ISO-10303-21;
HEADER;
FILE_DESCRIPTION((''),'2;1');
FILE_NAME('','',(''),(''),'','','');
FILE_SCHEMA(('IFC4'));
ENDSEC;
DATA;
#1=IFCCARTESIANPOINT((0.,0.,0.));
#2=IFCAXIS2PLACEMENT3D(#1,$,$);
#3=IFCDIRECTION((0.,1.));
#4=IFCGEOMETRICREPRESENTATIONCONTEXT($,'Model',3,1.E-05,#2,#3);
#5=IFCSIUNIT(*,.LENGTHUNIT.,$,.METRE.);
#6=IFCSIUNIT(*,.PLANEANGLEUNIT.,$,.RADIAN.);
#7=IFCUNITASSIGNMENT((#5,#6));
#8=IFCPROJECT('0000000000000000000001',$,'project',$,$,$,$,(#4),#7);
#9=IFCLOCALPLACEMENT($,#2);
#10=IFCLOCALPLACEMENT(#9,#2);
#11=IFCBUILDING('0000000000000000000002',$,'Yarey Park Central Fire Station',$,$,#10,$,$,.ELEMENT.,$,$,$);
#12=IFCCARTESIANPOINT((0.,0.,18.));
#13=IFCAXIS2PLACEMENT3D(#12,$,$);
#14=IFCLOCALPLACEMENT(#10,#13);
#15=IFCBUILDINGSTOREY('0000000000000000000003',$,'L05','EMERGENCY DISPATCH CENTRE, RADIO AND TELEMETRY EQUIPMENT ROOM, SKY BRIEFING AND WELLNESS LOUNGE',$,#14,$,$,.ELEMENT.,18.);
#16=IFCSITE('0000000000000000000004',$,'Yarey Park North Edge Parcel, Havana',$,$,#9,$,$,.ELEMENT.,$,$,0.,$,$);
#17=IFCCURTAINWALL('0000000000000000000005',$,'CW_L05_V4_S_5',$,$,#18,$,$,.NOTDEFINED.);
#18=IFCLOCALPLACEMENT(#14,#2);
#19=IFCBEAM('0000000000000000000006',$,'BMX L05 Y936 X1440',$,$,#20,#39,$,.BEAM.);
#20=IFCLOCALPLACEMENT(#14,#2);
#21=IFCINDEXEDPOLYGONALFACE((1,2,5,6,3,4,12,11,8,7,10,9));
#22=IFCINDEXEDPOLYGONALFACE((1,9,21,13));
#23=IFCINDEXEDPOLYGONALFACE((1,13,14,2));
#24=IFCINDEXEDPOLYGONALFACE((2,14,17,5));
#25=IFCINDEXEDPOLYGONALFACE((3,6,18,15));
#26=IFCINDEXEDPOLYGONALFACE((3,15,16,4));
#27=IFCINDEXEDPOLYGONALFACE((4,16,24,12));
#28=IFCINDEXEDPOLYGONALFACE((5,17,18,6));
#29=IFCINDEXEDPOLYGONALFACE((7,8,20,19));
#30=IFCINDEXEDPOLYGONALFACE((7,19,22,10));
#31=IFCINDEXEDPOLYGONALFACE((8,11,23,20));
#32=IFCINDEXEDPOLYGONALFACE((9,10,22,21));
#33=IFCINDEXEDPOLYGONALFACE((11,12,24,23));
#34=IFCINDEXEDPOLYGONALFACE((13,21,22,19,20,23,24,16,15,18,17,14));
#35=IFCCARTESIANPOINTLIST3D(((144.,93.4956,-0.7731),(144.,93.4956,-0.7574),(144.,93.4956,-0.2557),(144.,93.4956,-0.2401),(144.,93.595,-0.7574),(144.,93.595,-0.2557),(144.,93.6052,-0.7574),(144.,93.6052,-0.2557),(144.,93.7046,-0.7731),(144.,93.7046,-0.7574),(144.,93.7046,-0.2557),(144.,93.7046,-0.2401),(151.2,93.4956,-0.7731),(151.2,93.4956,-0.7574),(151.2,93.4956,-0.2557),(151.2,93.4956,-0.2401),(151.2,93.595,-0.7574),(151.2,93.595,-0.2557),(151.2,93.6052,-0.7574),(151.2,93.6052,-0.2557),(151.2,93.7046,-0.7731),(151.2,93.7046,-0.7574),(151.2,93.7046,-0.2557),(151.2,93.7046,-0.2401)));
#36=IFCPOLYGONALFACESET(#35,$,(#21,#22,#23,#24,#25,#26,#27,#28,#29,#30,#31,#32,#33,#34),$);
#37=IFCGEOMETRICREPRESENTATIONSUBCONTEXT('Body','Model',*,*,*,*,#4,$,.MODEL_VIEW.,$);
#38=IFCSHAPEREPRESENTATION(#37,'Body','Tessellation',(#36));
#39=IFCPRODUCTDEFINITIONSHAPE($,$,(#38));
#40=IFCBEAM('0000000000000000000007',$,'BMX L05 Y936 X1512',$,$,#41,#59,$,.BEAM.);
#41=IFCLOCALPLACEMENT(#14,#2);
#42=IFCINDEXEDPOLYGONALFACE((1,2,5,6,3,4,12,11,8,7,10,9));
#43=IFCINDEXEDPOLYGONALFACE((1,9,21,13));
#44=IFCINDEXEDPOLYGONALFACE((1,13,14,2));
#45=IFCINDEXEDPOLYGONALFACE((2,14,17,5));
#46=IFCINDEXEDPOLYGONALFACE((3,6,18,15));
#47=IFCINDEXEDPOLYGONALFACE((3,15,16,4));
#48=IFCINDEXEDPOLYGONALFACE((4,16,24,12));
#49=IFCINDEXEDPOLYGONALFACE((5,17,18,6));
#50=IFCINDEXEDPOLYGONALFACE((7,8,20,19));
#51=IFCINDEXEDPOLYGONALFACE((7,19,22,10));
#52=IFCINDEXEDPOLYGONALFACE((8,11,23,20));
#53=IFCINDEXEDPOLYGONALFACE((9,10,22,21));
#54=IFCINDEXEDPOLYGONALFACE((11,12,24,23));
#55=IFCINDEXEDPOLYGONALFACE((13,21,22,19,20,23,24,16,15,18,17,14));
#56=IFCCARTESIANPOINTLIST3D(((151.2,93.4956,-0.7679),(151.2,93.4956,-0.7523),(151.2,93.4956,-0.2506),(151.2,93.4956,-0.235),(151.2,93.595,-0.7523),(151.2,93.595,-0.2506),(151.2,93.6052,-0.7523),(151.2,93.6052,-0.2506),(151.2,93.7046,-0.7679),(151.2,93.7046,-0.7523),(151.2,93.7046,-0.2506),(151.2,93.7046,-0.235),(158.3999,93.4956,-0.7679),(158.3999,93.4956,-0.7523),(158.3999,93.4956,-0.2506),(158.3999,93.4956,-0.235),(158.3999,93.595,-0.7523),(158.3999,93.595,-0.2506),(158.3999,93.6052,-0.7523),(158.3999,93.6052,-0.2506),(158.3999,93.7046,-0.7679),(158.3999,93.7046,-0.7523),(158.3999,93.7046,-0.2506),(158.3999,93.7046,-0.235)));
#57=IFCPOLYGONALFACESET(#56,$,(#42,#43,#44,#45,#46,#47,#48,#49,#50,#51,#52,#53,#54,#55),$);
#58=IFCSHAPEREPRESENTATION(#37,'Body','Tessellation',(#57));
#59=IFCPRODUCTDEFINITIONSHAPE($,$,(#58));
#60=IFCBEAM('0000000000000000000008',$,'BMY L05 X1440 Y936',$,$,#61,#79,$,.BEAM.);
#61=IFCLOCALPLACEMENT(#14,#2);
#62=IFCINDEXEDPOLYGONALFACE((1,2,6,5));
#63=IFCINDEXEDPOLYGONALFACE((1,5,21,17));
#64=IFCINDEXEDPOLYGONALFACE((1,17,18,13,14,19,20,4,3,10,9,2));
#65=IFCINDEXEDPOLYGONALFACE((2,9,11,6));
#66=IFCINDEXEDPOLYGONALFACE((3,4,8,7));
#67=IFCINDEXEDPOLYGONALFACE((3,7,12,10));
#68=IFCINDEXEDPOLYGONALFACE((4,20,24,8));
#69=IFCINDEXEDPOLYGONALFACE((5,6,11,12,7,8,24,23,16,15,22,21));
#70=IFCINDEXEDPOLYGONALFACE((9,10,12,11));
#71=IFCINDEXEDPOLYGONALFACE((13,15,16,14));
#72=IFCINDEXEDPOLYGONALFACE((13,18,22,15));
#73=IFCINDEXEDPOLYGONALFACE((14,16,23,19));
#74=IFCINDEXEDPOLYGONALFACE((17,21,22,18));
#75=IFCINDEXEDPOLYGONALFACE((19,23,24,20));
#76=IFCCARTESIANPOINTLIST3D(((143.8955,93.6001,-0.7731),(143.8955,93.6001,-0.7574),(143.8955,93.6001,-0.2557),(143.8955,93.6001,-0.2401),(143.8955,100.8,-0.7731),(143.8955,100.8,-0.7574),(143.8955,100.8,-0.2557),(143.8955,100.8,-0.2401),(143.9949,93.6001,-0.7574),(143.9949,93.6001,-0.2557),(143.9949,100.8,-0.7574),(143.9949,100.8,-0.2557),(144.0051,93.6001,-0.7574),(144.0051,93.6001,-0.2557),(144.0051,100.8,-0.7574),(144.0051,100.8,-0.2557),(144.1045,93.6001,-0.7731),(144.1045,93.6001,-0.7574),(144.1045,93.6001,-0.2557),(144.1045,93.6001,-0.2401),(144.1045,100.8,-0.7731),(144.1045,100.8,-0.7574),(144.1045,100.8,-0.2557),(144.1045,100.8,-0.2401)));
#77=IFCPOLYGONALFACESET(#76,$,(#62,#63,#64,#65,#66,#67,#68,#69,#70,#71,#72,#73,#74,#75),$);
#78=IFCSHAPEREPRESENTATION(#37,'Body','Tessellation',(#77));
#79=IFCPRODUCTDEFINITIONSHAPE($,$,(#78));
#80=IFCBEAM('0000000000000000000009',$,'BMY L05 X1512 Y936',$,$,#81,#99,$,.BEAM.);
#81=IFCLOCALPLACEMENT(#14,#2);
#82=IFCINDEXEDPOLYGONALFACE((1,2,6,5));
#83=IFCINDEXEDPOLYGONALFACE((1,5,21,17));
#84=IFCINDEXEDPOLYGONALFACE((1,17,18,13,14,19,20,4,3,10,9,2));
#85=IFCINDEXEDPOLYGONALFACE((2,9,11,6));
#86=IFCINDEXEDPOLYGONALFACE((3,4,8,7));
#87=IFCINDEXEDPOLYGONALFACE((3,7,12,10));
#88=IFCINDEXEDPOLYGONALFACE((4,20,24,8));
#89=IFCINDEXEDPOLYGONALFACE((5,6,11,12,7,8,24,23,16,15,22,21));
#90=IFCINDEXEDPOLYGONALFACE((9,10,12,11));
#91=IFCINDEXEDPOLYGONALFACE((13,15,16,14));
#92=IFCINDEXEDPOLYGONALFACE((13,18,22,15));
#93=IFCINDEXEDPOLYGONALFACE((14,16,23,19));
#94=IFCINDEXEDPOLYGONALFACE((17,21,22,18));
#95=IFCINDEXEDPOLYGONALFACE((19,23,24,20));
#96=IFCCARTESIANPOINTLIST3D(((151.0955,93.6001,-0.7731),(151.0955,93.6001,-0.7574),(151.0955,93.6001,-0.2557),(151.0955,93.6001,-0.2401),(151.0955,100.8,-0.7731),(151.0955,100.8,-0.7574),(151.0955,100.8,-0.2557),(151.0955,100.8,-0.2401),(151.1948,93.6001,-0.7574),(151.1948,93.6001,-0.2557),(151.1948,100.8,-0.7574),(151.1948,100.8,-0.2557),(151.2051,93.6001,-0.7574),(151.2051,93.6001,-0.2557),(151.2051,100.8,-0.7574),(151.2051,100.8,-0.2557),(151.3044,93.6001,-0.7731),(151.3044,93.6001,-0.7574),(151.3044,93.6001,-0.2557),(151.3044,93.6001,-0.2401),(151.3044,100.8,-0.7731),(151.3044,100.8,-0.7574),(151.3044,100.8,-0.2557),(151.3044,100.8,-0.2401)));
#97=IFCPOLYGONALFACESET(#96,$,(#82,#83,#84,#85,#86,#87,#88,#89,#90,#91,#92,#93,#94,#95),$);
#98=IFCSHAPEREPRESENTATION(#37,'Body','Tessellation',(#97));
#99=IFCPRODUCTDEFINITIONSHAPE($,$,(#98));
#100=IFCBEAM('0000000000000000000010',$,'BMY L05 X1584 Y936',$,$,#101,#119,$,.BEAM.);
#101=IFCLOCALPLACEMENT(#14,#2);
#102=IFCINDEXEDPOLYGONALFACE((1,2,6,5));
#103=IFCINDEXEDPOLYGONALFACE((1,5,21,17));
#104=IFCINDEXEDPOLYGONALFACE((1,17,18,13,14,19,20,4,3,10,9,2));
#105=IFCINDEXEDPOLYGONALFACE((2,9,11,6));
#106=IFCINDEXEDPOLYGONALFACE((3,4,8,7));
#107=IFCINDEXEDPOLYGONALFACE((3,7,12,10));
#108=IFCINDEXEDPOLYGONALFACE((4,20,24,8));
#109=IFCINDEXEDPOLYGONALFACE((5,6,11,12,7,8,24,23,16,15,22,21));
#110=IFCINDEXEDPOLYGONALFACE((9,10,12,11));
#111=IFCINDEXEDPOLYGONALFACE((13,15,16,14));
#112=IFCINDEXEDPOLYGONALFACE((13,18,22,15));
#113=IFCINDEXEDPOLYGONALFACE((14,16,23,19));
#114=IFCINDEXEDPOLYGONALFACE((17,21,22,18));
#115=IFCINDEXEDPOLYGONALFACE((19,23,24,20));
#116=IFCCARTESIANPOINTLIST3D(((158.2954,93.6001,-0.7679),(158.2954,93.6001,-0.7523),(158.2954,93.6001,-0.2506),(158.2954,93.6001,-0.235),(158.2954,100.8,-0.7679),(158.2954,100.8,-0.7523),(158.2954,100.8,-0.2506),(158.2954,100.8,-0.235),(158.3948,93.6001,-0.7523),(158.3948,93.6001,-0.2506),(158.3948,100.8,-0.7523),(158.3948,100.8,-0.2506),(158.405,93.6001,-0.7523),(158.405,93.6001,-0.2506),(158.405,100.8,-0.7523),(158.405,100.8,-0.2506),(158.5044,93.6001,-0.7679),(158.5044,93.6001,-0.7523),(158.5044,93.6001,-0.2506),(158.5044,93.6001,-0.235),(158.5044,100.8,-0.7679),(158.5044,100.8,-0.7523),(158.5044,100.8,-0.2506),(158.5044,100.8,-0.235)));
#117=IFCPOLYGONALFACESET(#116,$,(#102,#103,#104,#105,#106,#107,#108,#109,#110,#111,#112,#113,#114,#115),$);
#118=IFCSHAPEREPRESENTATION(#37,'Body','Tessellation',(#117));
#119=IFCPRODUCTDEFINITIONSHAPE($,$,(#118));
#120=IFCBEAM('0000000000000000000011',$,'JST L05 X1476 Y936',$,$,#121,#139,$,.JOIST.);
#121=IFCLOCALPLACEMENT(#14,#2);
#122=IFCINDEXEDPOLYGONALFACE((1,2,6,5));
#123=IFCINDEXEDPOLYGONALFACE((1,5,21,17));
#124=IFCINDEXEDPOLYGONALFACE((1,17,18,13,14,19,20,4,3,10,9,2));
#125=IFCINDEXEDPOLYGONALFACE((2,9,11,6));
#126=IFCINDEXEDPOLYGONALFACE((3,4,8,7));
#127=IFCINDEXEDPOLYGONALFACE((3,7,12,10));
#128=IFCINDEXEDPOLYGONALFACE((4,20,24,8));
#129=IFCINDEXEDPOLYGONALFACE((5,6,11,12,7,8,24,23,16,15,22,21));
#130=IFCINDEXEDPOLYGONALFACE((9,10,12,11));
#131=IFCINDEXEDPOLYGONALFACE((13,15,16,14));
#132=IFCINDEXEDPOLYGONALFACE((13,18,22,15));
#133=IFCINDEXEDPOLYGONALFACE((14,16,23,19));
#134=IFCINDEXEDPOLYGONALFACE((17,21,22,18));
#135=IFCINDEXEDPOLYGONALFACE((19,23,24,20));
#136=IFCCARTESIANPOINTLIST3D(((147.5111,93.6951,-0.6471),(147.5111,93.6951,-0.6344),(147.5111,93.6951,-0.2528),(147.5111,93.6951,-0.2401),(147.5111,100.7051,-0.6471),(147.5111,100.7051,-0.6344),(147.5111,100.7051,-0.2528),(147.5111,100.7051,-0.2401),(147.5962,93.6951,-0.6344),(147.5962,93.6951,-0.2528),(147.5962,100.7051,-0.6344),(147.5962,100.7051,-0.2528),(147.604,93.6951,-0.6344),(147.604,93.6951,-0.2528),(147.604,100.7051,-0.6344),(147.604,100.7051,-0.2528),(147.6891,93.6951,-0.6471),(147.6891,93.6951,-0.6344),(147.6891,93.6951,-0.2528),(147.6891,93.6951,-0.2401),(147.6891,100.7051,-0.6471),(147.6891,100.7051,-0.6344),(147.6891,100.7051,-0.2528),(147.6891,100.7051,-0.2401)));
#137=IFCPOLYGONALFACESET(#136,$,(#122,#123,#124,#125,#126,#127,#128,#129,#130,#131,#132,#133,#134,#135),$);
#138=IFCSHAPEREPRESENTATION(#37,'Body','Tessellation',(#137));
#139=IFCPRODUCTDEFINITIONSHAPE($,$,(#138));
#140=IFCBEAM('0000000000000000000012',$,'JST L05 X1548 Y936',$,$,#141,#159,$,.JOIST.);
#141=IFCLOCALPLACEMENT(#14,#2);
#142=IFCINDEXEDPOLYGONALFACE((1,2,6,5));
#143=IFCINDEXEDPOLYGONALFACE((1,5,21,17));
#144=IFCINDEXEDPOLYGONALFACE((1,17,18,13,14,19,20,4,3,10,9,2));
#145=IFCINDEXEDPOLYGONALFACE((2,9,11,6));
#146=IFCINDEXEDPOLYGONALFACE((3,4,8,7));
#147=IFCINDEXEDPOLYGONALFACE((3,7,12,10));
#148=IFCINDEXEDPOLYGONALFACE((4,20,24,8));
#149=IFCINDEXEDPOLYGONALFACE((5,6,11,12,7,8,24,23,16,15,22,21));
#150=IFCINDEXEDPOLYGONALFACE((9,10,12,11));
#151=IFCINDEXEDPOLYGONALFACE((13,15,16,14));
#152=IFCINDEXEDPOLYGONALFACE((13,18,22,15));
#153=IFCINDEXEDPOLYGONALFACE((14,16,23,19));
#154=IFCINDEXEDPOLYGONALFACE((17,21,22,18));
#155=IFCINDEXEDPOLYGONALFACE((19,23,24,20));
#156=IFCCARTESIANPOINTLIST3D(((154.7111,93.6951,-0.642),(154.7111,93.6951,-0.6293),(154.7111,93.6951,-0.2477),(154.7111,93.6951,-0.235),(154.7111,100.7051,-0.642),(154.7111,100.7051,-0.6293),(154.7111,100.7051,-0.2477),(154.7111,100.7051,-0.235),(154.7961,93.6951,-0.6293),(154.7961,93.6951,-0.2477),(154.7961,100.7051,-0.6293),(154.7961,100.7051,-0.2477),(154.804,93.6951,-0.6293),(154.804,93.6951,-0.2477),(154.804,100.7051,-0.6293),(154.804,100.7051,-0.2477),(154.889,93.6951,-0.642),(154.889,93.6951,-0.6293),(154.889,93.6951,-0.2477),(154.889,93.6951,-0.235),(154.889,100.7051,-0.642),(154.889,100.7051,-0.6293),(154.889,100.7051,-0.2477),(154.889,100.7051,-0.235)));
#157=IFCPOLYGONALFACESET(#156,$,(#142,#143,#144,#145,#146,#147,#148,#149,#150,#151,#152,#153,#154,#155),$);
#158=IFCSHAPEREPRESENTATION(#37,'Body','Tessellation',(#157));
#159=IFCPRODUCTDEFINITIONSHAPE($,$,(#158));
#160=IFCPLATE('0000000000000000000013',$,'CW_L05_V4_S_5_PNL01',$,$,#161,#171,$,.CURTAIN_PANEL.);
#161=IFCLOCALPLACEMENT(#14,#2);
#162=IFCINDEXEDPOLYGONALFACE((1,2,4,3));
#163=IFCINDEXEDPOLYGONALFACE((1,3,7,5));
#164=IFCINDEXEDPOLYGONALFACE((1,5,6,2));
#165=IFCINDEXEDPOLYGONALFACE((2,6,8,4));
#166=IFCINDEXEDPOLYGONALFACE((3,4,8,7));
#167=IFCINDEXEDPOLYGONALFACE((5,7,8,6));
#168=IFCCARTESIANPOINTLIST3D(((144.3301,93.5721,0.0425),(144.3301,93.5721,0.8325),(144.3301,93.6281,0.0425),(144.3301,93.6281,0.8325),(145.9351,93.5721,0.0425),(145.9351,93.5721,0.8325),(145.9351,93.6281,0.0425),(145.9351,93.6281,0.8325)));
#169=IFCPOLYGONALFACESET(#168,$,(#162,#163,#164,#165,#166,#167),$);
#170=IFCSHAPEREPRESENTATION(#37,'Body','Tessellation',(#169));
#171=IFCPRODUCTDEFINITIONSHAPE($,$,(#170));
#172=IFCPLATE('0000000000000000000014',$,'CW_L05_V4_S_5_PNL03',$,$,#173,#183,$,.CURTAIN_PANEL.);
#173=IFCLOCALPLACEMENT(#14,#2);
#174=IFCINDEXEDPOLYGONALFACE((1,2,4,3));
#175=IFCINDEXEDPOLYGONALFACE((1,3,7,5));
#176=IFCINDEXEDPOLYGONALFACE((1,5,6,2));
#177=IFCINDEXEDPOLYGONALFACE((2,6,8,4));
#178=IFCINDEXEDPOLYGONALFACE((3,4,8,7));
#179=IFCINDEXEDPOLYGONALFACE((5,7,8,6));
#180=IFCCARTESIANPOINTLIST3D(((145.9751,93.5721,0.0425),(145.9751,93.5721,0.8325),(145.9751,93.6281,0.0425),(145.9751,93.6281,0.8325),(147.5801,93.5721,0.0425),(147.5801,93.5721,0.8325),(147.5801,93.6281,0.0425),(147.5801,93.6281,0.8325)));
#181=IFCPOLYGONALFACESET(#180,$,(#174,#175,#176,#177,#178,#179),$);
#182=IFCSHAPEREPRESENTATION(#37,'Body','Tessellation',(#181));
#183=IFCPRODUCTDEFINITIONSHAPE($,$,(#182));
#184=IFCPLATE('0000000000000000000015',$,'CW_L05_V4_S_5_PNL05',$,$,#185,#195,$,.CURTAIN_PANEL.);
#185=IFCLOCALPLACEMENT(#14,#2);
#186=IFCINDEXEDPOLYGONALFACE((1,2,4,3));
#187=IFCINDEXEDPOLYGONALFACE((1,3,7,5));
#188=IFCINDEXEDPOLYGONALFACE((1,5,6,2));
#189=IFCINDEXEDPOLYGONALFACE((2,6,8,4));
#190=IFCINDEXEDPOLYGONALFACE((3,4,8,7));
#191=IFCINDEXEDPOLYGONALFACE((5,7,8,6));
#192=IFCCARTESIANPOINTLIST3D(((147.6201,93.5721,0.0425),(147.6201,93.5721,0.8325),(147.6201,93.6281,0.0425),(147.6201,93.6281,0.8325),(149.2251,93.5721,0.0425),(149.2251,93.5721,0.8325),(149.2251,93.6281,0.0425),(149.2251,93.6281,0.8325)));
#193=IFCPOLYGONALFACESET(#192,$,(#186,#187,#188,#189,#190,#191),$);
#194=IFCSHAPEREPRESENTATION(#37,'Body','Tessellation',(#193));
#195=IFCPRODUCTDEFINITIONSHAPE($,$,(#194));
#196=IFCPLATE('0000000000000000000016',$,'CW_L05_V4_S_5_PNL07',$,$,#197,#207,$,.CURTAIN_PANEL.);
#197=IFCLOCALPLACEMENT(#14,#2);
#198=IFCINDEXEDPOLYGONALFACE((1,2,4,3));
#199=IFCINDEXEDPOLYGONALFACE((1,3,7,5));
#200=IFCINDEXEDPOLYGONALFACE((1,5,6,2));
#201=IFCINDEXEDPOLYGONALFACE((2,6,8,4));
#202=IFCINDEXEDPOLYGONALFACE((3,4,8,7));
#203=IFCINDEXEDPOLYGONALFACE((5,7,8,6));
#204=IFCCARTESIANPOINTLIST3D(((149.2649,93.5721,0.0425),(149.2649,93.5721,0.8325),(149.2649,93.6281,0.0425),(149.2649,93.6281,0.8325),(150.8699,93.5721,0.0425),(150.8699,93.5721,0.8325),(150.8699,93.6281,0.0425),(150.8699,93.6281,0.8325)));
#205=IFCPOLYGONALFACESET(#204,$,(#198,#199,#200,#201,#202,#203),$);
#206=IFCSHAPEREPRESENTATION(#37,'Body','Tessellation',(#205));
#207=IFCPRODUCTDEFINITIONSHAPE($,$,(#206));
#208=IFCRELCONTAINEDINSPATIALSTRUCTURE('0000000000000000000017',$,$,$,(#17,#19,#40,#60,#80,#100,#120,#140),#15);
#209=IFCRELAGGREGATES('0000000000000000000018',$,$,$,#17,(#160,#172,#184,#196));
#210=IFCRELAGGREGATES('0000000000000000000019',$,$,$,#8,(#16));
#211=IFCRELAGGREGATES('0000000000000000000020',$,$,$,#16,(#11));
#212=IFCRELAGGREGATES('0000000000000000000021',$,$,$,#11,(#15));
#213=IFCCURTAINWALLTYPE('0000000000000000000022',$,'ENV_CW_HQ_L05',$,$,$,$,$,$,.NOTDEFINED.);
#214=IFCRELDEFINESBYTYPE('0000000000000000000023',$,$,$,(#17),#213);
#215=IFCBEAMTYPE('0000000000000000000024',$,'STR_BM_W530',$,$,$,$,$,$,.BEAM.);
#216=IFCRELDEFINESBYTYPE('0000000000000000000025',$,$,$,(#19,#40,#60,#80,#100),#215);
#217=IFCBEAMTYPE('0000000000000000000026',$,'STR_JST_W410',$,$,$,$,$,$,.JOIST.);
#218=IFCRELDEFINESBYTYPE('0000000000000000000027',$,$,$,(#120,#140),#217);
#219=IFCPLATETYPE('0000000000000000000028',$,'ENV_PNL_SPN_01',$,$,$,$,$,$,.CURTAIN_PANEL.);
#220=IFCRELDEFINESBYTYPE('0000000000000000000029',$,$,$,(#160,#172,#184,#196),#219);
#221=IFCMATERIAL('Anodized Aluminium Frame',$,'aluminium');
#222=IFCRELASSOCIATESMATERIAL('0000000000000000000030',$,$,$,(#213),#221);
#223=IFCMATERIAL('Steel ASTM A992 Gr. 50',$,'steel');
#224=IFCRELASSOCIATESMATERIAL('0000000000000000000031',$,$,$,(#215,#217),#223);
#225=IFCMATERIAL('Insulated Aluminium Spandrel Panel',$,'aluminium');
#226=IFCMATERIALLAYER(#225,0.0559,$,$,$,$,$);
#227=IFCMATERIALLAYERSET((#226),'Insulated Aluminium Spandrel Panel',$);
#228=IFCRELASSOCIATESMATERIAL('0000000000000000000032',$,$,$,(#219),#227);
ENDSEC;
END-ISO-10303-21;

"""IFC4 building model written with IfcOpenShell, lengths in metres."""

from ifc_helpers import new_model, si_unit, direction, frame, origin, origin_2d, place, context, subcontext, project, spatial, rectangle, i_section, extrude, material, layer, layer_set, material_profile, profile_set, type_object, element, aggregate, save


model = new_model("IFC4")

# Units and contexts
model_context = context("Model", 3, precision=1e-05, world=origin(), true_north=direction((0.0, 1.0)))
body_context = subcontext(model_context, "Body", "Model", "MODEL_VIEW")
ifc_project = project(units=[si_unit("LENGTHUNIT", "METRE"), si_unit("PLANEANGLEUNIT", "RADIAN")], contexts=[model_context])

# Site, building, storey
site_placement = place(None, origin())
site = spatial("IfcSite", under=ifc_project, at=site_placement, Name="Yarey Park North Edge Parcel, Havana", CompositionType="ELEMENT", RefElevation=0.0)
building_placement = place(site_placement, origin())
building = spatial("IfcBuilding", under=site, at=building_placement, Name="Yarey Park Central Fire Station", CompositionType="ELEMENT")
storey_placement = place(building_placement, frame((0.0, 0.0, 18.0)))
storey = spatial("IfcBuildingStorey", under=building, at=storey_placement, Name="L05", Description="EMERGENCY DISPATCH CENTRE, RADIO AND TELEMETRY EQUIPMENT ROOM, SKY BRIEFING AND WELLNESS LOUNGE", CompositionType="ELEMENT", Elevation=18.0)

# Shared definitions
ifc_material_1 = material(Name="Anodized Aluminium Frame", Category="aluminium")
curtain_wall_type = type_object("IfcCurtainWallType", Name="ENV_CW_HQ_L05", PredefinedType="NOTDEFINED", material=ifc_material_1)

# Curtain wall
curtain_wall_1_placement = place(storey_placement, origin())
curtain_wall_1 = element("IfcCurtainWall", 1, at=curtain_wall_1_placement, inside=storey, type_object=curtain_wall_type, Name="CW_L05_V4_S_5", PredefinedType="NOTDEFINED")

# Beams
ifc_material_2 = material(Name="Steel ASTM A992 Gr. 50", Category="steel")
ifc_material_profile_1 = material_profile(ifc_material_2, i_section(OverallWidth=0.209, OverallDepth=0.533, WebThickness=0.0103, FlangeThickness=0.0156, at=origin_2d()), Name="W530x92")
ifc_profile_set_1 = profile_set([ifc_material_profile_1], Name="Steel ASTM A992 Gr. 50")
beam_type_1 = type_object("IfcBeamType", Name="STR_BM_W530", PredefinedType="BEAM", material=ifc_profile_set_1)
for number, where, z_axis, x_axis, name in (
    (2, (144.0, 93.6001, -0.5066), (1.0, 0.0, 0.0), (0.0, 1.0, 0.0), "BMX L05 Y936 X1440"),
    (3, (151.2, 93.6001, -0.5015), (1.0, 0.0, 0.0), (0.0, 1.0, 0.0), "BMX L05 Y936 X1512"),
    (4, (144.0, 93.6001, -0.5066), (0.0, 1.0, 0.0), (-1.0, 0.0, 0.0), "BMY L05 X1440 Y936"),
    (5, (151.2, 93.6001, -0.5066), (0.0, 1.0, 0.0), (-1.0, 0.0, 0.0), "BMY L05 X1512 Y936"),
    (6, (158.3999, 93.6001, -0.5015), (0.0, 1.0, 0.0), (-1.0, 0.0, 0.0), "BMY L05 X1584 Y936"),
):
    element("IfcBeam", number, at=place(storey_placement, frame(where, z_axis=z_axis, x_axis=x_axis)), inside=storey, type_object=beam_type_1, Name=name, PredefinedType="BEAM", context=body_context, shape_type="SweptSolid", body=[
        extrude(i_section(OverallWidth=0.209, OverallDepth=0.533, WebThickness=0.0103, FlangeThickness=0.0156, at=origin_2d()), origin(), (0.0, 0.0, 1.0), 7.2),
    ])
ifc_material_profile_2 = material_profile(ifc_material_2, i_section(OverallWidth=0.178, OverallDepth=0.407, WebThickness=0.0078, FlangeThickness=0.0127, at=origin_2d()), Name="W410x60")
ifc_profile_set_2 = profile_set([ifc_material_profile_2], Name="Steel ASTM A992 Gr. 50")
beam_type_2 = type_object("IfcBeamType", Name="STR_JST_W410", PredefinedType="JOIST", material=ifc_profile_set_2)
for number, where, z_axis, x_axis, name in (
    (7, (147.6001, 93.6951, -0.4436), (0.0, 1.0, 0.0), (-1.0, 0.0, 0.0), "JST L05 X1476 Y936"),
    (8, (154.8, 93.6951, -0.4385), (0.0, 1.0, 0.0), (-1.0, 0.0, 0.0), "JST L05 X1548 Y936"),
):
    element("IfcBeam", number, at=place(storey_placement, frame(where, z_axis=z_axis, x_axis=x_axis)), inside=storey, type_object=beam_type_2, Name=name, PredefinedType="JOIST", context=body_context, shape_type="SweptSolid", body=[
        extrude(i_section(OverallWidth=0.178, OverallDepth=0.407, WebThickness=0.0078, FlangeThickness=0.0127, at=origin_2d()), origin(), (0.0, 0.0, 1.0), 7.01),
    ])

# Plates
ifc_material_3 = material(Name="Insulated Aluminium Spandrel Panel", Category="aluminium")
ifc_layer_1 = layer(ifc_material_3, 0.0559)
ifc_layer_set_1 = layer_set([ifc_layer_1], Name="Insulated Aluminium Spandrel Panel")
plate_type_1 = type_object("IfcPlateType", Name="ENV_PNL_SPN_01", PredefinedType="CURTAIN_PANEL", material=ifc_layer_set_1)
plate_1_placement = place(storey_placement, frame((145.1326, 93.6001, 0.0425), z_axis=(0.0, 0.0, 1.0), x_axis=(1.0, 0.0, 0.0)))
plate_1 = element("IfcPlate", 9, at=plate_1_placement, type_object=plate_type_1, Name="CW_L05_V4_S_5_PNL01", PredefinedType="CURTAIN_PANEL", context=body_context, shape_type="SweptSolid", body=[
    extrude(rectangle(XDim=1.605, YDim=0.0559, at=origin_2d()), origin(), (0.0, 0.0, 1.0), 0.79),
])
plate_2_placement = place(storey_placement, frame((146.7776, 93.6001, 0.0425), z_axis=(0.0, 0.0, 1.0), x_axis=(1.0, 0.0, 0.0)))
plate_2 = element("IfcPlate", 10, at=plate_2_placement, type_object=plate_type_1, Name="CW_L05_V4_S_5_PNL03", PredefinedType="CURTAIN_PANEL", context=body_context, shape_type="SweptSolid", body=[
    extrude(rectangle(XDim=1.605, YDim=0.0559, at=origin_2d()), origin(), (0.0, 0.0, 1.0), 0.79),
])
plate_3_placement = place(storey_placement, frame((148.4226, 93.6001, 0.0425), z_axis=(0.0, 0.0, 1.0), x_axis=(1.0, 0.0, 0.0)))
plate_3 = element("IfcPlate", 11, at=plate_3_placement, type_object=plate_type_1, Name="CW_L05_V4_S_5_PNL05", PredefinedType="CURTAIN_PANEL", context=body_context, shape_type="SweptSolid", body=[
    extrude(rectangle(XDim=1.605, YDim=0.0559, at=origin_2d()), origin(), (0.0, 0.0, 1.0), 0.79),
])
plate_4_placement = place(storey_placement, frame((150.0674, 93.6001, 0.0425), z_axis=(0.0, 0.0, 1.0), x_axis=(1.0, 0.0, 0.0)))
plate_4 = element("IfcPlate", 12, at=plate_4_placement, type_object=plate_type_1, Name="CW_L05_V4_S_5_PNL07", PredefinedType="CURTAIN_PANEL", context=body_context, shape_type="SweptSolid", body=[
    extrude(rectangle(XDim=1.605, YDim=0.0559, at=origin_2d()), origin(), (0.0, 0.0, 1.0), 0.79),
])
aggregate(curtain_wall_1, [plate_1, plate_2, plate_3, plate_4])

save(model, "model.ifc")
